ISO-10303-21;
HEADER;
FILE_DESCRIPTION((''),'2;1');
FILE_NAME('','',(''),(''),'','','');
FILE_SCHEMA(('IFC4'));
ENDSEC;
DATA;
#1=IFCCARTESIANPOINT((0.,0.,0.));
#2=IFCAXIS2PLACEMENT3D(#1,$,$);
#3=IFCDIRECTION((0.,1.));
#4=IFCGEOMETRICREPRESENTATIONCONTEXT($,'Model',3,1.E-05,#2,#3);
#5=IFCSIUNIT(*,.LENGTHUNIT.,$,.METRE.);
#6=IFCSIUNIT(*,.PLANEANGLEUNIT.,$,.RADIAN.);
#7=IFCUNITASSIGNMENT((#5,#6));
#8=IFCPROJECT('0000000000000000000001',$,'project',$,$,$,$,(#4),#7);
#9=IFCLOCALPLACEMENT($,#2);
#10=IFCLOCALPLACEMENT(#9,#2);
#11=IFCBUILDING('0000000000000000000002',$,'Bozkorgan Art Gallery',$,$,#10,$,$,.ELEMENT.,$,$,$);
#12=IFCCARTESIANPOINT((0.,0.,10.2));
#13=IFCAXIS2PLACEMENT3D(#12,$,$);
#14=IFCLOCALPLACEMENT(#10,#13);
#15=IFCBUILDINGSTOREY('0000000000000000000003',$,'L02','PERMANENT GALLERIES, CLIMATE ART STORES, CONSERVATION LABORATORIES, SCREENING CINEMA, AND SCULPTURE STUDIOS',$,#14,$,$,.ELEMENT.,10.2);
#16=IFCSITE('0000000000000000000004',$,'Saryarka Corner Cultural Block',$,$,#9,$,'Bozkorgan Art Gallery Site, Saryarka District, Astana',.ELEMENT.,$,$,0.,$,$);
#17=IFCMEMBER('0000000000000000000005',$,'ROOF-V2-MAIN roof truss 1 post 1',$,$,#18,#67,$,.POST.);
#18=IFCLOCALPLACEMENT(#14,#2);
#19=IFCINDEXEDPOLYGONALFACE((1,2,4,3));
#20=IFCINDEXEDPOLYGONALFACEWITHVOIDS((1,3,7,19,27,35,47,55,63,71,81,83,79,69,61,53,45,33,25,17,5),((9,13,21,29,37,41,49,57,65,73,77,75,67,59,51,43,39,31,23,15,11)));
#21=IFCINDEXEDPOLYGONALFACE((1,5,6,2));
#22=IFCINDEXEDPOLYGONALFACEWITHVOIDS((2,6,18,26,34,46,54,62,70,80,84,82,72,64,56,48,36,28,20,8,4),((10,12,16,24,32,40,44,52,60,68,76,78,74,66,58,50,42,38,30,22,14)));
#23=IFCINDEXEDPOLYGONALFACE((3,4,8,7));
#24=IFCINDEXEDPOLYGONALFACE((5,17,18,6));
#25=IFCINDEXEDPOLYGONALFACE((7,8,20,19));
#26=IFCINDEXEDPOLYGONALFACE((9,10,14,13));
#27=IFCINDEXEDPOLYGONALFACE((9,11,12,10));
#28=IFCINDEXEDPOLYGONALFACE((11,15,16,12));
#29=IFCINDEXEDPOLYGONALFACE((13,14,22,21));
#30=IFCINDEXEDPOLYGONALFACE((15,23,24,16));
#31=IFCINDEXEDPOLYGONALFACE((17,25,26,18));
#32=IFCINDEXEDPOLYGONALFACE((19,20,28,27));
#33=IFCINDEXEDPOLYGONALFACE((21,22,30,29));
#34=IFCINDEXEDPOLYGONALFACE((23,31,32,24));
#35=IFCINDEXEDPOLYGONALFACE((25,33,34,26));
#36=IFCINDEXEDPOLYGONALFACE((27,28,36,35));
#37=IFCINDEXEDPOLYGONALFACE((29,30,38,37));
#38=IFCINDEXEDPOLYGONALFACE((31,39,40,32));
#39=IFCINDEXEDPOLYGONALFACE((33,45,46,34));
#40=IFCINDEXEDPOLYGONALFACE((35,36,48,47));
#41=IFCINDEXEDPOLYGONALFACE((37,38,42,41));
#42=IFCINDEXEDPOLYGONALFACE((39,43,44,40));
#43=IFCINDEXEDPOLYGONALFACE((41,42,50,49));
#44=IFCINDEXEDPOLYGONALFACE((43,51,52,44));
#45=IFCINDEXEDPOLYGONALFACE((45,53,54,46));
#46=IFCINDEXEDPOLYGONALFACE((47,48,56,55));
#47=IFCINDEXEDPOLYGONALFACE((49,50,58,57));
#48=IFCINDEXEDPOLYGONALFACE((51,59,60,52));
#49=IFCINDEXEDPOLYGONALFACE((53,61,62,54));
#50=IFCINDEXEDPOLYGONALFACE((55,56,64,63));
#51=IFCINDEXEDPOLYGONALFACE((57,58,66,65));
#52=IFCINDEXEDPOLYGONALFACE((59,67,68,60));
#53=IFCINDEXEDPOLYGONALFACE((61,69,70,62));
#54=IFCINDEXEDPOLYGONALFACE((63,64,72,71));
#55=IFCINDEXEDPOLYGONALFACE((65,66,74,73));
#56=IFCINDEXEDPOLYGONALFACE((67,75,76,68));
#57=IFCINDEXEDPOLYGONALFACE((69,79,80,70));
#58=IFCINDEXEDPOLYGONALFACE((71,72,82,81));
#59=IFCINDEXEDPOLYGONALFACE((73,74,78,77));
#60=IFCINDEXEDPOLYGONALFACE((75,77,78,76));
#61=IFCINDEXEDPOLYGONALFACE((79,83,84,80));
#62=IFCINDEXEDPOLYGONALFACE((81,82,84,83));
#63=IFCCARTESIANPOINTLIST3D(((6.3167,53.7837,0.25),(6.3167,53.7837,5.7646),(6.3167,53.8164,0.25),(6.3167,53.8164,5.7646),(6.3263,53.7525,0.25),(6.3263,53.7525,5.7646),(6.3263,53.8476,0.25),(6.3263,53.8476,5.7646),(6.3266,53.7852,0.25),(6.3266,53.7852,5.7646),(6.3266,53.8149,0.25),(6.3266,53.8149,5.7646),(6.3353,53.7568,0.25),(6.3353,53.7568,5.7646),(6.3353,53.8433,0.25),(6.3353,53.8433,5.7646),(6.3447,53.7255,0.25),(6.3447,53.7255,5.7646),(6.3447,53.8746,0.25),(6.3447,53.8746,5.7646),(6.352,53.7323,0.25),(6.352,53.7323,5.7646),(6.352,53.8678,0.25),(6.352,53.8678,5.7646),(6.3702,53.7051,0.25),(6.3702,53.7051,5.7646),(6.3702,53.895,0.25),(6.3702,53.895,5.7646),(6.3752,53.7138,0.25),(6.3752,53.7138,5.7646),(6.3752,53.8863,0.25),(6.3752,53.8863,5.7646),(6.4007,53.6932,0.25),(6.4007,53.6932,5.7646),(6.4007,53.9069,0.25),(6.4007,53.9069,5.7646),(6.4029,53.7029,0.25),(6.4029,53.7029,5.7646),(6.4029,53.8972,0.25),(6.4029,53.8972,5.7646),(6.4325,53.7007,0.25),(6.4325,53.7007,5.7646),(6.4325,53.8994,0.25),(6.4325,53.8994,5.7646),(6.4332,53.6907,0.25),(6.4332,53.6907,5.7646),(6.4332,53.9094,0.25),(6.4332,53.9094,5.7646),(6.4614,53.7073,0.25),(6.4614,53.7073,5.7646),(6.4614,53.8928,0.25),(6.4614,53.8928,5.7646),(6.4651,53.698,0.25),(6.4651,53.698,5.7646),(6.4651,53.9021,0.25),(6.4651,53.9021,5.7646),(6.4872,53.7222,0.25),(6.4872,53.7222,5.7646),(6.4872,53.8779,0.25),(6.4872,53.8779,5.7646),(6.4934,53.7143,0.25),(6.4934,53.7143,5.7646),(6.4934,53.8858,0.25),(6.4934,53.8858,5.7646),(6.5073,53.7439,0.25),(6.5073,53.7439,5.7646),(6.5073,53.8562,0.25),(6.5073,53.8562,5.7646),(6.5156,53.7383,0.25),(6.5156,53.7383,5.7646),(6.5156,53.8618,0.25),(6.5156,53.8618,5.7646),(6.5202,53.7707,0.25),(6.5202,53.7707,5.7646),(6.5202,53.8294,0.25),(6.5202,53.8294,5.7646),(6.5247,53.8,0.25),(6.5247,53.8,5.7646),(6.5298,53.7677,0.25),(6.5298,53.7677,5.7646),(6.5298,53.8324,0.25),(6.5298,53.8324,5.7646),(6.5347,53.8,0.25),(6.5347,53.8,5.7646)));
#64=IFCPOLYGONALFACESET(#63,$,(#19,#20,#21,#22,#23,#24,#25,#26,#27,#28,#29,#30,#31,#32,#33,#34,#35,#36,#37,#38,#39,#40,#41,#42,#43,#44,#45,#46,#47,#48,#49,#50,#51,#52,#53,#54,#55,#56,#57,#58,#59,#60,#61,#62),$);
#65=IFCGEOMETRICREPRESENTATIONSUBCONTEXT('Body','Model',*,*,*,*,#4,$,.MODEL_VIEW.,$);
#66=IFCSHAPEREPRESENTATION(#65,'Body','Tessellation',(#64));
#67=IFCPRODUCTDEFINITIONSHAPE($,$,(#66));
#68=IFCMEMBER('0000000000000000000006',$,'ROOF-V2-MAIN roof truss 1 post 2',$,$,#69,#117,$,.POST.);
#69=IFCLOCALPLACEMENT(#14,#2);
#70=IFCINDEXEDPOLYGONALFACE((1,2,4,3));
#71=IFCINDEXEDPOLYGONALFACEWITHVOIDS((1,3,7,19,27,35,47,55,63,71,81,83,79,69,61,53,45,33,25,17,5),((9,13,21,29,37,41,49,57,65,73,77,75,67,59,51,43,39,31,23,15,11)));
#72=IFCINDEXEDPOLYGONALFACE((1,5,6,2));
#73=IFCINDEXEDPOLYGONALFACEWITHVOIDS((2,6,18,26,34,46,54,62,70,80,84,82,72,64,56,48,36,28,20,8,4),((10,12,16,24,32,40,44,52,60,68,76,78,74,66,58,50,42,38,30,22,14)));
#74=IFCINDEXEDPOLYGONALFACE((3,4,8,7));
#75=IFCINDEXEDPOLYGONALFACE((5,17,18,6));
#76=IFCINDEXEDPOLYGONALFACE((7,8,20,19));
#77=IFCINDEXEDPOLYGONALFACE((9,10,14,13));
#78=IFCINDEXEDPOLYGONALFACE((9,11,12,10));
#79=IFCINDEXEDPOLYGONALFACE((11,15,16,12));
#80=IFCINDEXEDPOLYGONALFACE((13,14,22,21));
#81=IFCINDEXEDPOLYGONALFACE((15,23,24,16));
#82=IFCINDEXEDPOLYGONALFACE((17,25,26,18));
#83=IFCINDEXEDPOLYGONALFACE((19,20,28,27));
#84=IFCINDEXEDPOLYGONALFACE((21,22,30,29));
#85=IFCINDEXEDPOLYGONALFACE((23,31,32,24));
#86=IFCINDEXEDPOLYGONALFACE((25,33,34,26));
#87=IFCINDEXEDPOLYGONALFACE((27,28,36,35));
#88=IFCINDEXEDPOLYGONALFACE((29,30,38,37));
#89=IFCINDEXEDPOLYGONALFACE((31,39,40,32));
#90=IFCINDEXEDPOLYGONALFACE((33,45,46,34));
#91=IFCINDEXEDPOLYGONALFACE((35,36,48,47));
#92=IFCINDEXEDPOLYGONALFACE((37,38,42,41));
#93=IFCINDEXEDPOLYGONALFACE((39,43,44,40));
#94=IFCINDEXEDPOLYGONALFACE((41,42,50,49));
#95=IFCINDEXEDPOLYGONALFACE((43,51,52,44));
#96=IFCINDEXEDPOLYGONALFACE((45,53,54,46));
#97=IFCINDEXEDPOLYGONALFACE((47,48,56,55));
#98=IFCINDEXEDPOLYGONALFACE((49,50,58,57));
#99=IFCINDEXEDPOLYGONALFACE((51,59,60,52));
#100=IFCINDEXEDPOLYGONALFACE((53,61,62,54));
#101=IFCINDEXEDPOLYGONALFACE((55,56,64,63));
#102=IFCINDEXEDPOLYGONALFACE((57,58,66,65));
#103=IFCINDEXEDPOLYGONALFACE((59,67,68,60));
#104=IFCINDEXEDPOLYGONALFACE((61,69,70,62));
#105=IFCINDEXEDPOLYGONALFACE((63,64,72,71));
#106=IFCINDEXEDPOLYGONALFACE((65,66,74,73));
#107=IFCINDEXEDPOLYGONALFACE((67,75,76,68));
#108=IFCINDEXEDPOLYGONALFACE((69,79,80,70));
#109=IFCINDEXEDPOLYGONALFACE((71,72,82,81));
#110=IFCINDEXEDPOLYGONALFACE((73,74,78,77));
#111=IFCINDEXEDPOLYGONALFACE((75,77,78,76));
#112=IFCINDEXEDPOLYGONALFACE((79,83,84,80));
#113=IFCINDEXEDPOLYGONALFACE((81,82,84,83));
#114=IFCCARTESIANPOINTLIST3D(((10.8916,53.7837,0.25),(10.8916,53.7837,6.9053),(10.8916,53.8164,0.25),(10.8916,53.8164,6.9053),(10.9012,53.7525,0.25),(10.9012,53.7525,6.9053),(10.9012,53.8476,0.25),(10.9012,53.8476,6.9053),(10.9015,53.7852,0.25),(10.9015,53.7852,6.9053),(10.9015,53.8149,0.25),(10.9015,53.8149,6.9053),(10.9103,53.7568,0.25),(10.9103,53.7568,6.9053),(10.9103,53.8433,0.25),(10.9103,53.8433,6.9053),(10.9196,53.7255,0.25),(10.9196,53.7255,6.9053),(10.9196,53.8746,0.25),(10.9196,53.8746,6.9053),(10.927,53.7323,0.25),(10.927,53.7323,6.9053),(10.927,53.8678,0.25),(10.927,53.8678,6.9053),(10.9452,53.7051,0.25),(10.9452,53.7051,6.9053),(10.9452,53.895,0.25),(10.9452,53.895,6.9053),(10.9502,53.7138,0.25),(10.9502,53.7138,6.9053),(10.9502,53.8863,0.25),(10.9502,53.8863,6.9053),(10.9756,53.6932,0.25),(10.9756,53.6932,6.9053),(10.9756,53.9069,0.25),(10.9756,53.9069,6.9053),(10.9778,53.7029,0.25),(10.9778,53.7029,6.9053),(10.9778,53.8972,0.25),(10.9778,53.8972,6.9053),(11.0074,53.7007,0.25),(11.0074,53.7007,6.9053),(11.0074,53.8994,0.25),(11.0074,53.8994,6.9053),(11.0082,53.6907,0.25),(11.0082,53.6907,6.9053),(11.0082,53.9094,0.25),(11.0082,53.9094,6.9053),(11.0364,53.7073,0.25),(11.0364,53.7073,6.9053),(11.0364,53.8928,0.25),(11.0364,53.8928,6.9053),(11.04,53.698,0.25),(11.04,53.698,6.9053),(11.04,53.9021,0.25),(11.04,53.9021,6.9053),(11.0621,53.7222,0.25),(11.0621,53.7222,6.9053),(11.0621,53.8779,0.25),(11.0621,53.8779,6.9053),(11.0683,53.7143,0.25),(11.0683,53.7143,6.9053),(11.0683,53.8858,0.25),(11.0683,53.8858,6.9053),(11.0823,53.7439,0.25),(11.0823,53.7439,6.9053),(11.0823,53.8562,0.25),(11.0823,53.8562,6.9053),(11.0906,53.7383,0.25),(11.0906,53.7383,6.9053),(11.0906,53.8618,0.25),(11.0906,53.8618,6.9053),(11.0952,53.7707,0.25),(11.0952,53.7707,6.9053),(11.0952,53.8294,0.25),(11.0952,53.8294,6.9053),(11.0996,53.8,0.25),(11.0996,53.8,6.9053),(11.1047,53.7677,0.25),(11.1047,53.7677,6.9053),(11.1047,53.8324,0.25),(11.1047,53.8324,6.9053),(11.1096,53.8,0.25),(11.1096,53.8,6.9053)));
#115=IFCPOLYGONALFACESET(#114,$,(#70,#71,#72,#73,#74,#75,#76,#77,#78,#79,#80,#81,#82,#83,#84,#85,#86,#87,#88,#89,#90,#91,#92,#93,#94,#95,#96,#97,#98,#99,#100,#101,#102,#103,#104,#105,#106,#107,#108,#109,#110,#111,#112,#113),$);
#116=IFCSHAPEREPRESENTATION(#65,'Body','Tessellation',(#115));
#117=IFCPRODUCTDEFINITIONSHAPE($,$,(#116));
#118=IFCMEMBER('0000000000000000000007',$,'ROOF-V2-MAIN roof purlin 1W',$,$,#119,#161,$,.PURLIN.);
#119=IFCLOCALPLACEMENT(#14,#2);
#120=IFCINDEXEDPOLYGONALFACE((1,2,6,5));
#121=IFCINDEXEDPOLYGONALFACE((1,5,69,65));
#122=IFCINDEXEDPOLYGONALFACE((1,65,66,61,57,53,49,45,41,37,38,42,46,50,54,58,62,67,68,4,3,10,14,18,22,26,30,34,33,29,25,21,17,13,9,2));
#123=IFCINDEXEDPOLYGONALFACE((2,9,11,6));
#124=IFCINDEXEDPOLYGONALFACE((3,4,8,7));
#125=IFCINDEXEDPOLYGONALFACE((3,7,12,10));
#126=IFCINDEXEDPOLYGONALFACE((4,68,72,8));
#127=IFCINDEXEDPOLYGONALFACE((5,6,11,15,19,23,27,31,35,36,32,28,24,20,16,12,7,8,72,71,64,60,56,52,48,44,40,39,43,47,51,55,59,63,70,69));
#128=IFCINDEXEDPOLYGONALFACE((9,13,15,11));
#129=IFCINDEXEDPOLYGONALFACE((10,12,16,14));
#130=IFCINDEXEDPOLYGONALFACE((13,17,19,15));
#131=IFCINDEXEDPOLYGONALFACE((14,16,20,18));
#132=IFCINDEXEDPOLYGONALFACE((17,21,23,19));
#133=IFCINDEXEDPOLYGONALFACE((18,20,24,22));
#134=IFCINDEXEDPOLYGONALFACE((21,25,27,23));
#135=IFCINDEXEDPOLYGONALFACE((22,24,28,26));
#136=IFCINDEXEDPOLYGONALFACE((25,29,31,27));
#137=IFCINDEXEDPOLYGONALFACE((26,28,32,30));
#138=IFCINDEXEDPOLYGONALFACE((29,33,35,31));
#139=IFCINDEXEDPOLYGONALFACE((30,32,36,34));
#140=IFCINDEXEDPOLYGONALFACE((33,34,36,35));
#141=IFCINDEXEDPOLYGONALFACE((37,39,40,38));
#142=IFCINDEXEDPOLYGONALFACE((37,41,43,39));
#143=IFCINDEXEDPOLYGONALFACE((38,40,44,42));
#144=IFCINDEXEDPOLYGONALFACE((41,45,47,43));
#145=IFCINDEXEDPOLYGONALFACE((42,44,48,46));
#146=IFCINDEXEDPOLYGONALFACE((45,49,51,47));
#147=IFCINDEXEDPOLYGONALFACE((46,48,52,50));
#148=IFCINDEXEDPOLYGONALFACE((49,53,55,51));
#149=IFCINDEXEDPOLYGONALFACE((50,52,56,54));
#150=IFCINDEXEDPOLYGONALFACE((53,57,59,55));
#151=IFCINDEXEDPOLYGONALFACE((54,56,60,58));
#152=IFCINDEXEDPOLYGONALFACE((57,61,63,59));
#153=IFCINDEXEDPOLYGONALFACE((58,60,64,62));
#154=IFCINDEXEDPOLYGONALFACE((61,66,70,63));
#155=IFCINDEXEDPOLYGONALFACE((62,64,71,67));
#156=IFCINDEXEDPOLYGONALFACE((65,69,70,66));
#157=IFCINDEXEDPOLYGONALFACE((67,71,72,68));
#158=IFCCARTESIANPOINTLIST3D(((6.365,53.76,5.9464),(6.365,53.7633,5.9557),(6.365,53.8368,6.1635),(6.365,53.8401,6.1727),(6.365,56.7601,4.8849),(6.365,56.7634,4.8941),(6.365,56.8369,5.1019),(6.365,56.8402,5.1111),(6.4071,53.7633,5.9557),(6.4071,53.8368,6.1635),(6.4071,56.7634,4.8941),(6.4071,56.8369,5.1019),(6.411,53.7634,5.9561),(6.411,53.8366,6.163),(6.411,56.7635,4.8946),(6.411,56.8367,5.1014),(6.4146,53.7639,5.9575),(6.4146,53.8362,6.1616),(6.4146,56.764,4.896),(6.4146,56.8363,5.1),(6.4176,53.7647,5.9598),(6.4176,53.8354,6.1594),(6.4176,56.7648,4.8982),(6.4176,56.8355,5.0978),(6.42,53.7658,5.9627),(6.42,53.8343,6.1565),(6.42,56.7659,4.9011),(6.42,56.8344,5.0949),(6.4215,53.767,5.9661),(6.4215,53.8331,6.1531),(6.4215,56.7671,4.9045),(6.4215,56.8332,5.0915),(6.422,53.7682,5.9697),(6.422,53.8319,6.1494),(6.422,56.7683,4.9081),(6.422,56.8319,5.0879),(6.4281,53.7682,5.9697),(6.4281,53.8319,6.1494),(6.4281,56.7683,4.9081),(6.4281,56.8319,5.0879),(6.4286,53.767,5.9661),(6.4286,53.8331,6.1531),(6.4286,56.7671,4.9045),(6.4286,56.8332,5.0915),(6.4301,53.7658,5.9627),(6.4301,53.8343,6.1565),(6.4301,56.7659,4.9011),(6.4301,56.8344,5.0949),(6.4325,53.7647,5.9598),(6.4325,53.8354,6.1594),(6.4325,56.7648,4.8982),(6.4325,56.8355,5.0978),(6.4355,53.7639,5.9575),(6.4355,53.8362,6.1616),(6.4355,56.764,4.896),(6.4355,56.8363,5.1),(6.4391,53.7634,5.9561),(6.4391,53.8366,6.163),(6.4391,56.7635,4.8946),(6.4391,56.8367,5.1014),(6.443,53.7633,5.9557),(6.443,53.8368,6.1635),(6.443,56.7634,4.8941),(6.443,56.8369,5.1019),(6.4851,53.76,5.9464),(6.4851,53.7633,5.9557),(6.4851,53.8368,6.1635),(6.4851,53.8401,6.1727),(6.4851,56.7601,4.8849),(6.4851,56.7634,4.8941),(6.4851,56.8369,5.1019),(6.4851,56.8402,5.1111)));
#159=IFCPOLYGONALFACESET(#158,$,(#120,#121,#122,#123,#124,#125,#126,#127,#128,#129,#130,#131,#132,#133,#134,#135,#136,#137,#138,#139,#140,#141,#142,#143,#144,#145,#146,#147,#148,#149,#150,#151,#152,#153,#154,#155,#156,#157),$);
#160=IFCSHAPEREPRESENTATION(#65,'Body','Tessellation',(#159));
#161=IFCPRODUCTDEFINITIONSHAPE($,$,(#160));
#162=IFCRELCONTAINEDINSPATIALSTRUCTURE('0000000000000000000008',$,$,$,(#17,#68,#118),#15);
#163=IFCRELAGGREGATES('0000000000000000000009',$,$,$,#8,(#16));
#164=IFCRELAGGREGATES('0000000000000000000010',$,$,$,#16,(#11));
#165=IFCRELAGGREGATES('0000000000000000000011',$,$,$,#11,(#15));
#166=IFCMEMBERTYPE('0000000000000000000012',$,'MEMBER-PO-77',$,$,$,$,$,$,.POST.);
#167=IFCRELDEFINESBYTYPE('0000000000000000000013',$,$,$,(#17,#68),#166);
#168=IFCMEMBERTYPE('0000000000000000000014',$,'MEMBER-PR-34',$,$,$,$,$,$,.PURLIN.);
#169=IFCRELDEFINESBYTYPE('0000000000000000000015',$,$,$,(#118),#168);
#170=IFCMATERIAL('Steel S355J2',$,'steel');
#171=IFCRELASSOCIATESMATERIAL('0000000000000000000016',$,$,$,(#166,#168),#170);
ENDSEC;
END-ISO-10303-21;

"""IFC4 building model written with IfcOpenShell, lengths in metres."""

from ifc_helpers import new_model, si_unit, direction, frame, origin, origin_2d, place, context, subcontext, project, spatial, hollow_circle, i_section, extrude, material, material_profile, profile_set, type_object, element, save


model = new_model("IFC4")

# Units and contexts
model_context = context("Model", 3, precision=1e-05, world=origin(), true_north=direction((0.0, 1.0)))
body_context = subcontext(model_context, "Body", "Model", "MODEL_VIEW")
ifc_project = project(units=[si_unit("LENGTHUNIT", "METRE"), si_unit("PLANEANGLEUNIT", "RADIAN")], contexts=[model_context])

# Site, building, storey
site_placement = place(None, origin())
site = spatial("IfcSite", under=ifc_project, at=site_placement, Name="Saryarka Corner Cultural Block", LongName="Bozkorgan Art Gallery Site, Saryarka District, Astana", CompositionType="ELEMENT", RefElevation=0.0)
building_placement = place(site_placement, origin())
building = spatial("IfcBuilding", under=site, at=building_placement, Name="Bozkorgan Art Gallery", CompositionType="ELEMENT")
storey_placement = place(building_placement, frame((0.0, 0.0, 10.2)))
storey = spatial("IfcBuildingStorey", under=building, at=storey_placement, Name="L02", Description="PERMANENT GALLERIES, CLIMATE ART STORES, CONSERVATION LABORATORIES, SCREENING CINEMA, AND SCULPTURE STUDIOS", CompositionType="ELEMENT", Elevation=10.2)

# Shared definitions
ifc_material_1 = material(Name="Steel S355J2", Category="steel")

# Members
ifc_material_profile_1 = material_profile(ifc_material_1, hollow_circle(Radius=0.1096, WallThickness=0.01, at=origin_2d()), Name="CHS 219.1x10")
ifc_profile_set_1 = profile_set([ifc_material_profile_1], Name="Steel S355J2")
member_type_1 = type_object("IfcMemberType", Name="MEMBER-PO-77", PredefinedType="POST", material=ifc_profile_set_1)
member_1_placement = place(storey_placement, frame((6.425, 53.8, 0.25), z_axis=(0.0, 0.0, 1.0), x_axis=(1.0, 0.0, 0.0)))
element("IfcMember", 1, at=member_1_placement, inside=storey, type_object=member_type_1, Name="ROOF-V2-MAIN roof truss 1 post 1", PredefinedType="POST", context=body_context, shape_type="SweptSolid", body=[
    extrude(hollow_circle(Radius=0.1096, WallThickness=0.01, at=origin_2d()), origin(), (0.0, 0.0, 1.0), 5.5146),
])
member_2_placement = place(storey_placement, frame((11.0, 53.8, 0.25), z_axis=(0.0, 0.0, 1.0), x_axis=(1.0, 0.0, 0.0)))
element("IfcMember", 2, at=member_2_placement, inside=storey, type_object=member_type_1, Name="ROOF-V2-MAIN roof truss 1 post 2", PredefinedType="POST", context=body_context, shape_type="SweptSolid", body=[
    extrude(hollow_circle(Radius=0.1096, WallThickness=0.01, at=origin_2d()), origin(), (0.0, 0.0, 1.0), 6.6553),
])
ifc_material_profile_2 = material_profile(ifc_material_1, i_section(OverallWidth=0.1201, OverallDepth=0.24, WebThickness=0.0061, FlangeThickness=0.0098, FilletRadius=0.0149, at=origin_2d()), Name="IPE 240")
ifc_profile_set_2 = profile_set([ifc_material_profile_2], Name="Steel S355J2")
member_type_2 = type_object("IfcMemberType", Name="MEMBER-PR-34", PredefinedType="PURLIN", material=ifc_profile_set_2)
member_3_placement = place(storey_placement, frame((6.425, 53.8, 6.0596), z_axis=(0.0, 0.942724, -0.333574), x_axis=(-1.0, 0.0, 0.0)))
element("IfcMember", 3, at=member_3_placement, inside=storey, type_object=member_type_2, Name="ROOF-V2-MAIN roof purlin 1W", PredefinedType="PURLIN", context=body_context, shape_type="SweptSolid", body=[
    extrude(i_section(OverallWidth=0.1201, OverallDepth=0.24, WebThickness=0.0061, FlangeThickness=0.0098, FilletRadius=0.0149, at=origin_2d()), origin(), (0.0, 0.0, 1.0), 3.1824),
])

save(model, "model.ifc")
